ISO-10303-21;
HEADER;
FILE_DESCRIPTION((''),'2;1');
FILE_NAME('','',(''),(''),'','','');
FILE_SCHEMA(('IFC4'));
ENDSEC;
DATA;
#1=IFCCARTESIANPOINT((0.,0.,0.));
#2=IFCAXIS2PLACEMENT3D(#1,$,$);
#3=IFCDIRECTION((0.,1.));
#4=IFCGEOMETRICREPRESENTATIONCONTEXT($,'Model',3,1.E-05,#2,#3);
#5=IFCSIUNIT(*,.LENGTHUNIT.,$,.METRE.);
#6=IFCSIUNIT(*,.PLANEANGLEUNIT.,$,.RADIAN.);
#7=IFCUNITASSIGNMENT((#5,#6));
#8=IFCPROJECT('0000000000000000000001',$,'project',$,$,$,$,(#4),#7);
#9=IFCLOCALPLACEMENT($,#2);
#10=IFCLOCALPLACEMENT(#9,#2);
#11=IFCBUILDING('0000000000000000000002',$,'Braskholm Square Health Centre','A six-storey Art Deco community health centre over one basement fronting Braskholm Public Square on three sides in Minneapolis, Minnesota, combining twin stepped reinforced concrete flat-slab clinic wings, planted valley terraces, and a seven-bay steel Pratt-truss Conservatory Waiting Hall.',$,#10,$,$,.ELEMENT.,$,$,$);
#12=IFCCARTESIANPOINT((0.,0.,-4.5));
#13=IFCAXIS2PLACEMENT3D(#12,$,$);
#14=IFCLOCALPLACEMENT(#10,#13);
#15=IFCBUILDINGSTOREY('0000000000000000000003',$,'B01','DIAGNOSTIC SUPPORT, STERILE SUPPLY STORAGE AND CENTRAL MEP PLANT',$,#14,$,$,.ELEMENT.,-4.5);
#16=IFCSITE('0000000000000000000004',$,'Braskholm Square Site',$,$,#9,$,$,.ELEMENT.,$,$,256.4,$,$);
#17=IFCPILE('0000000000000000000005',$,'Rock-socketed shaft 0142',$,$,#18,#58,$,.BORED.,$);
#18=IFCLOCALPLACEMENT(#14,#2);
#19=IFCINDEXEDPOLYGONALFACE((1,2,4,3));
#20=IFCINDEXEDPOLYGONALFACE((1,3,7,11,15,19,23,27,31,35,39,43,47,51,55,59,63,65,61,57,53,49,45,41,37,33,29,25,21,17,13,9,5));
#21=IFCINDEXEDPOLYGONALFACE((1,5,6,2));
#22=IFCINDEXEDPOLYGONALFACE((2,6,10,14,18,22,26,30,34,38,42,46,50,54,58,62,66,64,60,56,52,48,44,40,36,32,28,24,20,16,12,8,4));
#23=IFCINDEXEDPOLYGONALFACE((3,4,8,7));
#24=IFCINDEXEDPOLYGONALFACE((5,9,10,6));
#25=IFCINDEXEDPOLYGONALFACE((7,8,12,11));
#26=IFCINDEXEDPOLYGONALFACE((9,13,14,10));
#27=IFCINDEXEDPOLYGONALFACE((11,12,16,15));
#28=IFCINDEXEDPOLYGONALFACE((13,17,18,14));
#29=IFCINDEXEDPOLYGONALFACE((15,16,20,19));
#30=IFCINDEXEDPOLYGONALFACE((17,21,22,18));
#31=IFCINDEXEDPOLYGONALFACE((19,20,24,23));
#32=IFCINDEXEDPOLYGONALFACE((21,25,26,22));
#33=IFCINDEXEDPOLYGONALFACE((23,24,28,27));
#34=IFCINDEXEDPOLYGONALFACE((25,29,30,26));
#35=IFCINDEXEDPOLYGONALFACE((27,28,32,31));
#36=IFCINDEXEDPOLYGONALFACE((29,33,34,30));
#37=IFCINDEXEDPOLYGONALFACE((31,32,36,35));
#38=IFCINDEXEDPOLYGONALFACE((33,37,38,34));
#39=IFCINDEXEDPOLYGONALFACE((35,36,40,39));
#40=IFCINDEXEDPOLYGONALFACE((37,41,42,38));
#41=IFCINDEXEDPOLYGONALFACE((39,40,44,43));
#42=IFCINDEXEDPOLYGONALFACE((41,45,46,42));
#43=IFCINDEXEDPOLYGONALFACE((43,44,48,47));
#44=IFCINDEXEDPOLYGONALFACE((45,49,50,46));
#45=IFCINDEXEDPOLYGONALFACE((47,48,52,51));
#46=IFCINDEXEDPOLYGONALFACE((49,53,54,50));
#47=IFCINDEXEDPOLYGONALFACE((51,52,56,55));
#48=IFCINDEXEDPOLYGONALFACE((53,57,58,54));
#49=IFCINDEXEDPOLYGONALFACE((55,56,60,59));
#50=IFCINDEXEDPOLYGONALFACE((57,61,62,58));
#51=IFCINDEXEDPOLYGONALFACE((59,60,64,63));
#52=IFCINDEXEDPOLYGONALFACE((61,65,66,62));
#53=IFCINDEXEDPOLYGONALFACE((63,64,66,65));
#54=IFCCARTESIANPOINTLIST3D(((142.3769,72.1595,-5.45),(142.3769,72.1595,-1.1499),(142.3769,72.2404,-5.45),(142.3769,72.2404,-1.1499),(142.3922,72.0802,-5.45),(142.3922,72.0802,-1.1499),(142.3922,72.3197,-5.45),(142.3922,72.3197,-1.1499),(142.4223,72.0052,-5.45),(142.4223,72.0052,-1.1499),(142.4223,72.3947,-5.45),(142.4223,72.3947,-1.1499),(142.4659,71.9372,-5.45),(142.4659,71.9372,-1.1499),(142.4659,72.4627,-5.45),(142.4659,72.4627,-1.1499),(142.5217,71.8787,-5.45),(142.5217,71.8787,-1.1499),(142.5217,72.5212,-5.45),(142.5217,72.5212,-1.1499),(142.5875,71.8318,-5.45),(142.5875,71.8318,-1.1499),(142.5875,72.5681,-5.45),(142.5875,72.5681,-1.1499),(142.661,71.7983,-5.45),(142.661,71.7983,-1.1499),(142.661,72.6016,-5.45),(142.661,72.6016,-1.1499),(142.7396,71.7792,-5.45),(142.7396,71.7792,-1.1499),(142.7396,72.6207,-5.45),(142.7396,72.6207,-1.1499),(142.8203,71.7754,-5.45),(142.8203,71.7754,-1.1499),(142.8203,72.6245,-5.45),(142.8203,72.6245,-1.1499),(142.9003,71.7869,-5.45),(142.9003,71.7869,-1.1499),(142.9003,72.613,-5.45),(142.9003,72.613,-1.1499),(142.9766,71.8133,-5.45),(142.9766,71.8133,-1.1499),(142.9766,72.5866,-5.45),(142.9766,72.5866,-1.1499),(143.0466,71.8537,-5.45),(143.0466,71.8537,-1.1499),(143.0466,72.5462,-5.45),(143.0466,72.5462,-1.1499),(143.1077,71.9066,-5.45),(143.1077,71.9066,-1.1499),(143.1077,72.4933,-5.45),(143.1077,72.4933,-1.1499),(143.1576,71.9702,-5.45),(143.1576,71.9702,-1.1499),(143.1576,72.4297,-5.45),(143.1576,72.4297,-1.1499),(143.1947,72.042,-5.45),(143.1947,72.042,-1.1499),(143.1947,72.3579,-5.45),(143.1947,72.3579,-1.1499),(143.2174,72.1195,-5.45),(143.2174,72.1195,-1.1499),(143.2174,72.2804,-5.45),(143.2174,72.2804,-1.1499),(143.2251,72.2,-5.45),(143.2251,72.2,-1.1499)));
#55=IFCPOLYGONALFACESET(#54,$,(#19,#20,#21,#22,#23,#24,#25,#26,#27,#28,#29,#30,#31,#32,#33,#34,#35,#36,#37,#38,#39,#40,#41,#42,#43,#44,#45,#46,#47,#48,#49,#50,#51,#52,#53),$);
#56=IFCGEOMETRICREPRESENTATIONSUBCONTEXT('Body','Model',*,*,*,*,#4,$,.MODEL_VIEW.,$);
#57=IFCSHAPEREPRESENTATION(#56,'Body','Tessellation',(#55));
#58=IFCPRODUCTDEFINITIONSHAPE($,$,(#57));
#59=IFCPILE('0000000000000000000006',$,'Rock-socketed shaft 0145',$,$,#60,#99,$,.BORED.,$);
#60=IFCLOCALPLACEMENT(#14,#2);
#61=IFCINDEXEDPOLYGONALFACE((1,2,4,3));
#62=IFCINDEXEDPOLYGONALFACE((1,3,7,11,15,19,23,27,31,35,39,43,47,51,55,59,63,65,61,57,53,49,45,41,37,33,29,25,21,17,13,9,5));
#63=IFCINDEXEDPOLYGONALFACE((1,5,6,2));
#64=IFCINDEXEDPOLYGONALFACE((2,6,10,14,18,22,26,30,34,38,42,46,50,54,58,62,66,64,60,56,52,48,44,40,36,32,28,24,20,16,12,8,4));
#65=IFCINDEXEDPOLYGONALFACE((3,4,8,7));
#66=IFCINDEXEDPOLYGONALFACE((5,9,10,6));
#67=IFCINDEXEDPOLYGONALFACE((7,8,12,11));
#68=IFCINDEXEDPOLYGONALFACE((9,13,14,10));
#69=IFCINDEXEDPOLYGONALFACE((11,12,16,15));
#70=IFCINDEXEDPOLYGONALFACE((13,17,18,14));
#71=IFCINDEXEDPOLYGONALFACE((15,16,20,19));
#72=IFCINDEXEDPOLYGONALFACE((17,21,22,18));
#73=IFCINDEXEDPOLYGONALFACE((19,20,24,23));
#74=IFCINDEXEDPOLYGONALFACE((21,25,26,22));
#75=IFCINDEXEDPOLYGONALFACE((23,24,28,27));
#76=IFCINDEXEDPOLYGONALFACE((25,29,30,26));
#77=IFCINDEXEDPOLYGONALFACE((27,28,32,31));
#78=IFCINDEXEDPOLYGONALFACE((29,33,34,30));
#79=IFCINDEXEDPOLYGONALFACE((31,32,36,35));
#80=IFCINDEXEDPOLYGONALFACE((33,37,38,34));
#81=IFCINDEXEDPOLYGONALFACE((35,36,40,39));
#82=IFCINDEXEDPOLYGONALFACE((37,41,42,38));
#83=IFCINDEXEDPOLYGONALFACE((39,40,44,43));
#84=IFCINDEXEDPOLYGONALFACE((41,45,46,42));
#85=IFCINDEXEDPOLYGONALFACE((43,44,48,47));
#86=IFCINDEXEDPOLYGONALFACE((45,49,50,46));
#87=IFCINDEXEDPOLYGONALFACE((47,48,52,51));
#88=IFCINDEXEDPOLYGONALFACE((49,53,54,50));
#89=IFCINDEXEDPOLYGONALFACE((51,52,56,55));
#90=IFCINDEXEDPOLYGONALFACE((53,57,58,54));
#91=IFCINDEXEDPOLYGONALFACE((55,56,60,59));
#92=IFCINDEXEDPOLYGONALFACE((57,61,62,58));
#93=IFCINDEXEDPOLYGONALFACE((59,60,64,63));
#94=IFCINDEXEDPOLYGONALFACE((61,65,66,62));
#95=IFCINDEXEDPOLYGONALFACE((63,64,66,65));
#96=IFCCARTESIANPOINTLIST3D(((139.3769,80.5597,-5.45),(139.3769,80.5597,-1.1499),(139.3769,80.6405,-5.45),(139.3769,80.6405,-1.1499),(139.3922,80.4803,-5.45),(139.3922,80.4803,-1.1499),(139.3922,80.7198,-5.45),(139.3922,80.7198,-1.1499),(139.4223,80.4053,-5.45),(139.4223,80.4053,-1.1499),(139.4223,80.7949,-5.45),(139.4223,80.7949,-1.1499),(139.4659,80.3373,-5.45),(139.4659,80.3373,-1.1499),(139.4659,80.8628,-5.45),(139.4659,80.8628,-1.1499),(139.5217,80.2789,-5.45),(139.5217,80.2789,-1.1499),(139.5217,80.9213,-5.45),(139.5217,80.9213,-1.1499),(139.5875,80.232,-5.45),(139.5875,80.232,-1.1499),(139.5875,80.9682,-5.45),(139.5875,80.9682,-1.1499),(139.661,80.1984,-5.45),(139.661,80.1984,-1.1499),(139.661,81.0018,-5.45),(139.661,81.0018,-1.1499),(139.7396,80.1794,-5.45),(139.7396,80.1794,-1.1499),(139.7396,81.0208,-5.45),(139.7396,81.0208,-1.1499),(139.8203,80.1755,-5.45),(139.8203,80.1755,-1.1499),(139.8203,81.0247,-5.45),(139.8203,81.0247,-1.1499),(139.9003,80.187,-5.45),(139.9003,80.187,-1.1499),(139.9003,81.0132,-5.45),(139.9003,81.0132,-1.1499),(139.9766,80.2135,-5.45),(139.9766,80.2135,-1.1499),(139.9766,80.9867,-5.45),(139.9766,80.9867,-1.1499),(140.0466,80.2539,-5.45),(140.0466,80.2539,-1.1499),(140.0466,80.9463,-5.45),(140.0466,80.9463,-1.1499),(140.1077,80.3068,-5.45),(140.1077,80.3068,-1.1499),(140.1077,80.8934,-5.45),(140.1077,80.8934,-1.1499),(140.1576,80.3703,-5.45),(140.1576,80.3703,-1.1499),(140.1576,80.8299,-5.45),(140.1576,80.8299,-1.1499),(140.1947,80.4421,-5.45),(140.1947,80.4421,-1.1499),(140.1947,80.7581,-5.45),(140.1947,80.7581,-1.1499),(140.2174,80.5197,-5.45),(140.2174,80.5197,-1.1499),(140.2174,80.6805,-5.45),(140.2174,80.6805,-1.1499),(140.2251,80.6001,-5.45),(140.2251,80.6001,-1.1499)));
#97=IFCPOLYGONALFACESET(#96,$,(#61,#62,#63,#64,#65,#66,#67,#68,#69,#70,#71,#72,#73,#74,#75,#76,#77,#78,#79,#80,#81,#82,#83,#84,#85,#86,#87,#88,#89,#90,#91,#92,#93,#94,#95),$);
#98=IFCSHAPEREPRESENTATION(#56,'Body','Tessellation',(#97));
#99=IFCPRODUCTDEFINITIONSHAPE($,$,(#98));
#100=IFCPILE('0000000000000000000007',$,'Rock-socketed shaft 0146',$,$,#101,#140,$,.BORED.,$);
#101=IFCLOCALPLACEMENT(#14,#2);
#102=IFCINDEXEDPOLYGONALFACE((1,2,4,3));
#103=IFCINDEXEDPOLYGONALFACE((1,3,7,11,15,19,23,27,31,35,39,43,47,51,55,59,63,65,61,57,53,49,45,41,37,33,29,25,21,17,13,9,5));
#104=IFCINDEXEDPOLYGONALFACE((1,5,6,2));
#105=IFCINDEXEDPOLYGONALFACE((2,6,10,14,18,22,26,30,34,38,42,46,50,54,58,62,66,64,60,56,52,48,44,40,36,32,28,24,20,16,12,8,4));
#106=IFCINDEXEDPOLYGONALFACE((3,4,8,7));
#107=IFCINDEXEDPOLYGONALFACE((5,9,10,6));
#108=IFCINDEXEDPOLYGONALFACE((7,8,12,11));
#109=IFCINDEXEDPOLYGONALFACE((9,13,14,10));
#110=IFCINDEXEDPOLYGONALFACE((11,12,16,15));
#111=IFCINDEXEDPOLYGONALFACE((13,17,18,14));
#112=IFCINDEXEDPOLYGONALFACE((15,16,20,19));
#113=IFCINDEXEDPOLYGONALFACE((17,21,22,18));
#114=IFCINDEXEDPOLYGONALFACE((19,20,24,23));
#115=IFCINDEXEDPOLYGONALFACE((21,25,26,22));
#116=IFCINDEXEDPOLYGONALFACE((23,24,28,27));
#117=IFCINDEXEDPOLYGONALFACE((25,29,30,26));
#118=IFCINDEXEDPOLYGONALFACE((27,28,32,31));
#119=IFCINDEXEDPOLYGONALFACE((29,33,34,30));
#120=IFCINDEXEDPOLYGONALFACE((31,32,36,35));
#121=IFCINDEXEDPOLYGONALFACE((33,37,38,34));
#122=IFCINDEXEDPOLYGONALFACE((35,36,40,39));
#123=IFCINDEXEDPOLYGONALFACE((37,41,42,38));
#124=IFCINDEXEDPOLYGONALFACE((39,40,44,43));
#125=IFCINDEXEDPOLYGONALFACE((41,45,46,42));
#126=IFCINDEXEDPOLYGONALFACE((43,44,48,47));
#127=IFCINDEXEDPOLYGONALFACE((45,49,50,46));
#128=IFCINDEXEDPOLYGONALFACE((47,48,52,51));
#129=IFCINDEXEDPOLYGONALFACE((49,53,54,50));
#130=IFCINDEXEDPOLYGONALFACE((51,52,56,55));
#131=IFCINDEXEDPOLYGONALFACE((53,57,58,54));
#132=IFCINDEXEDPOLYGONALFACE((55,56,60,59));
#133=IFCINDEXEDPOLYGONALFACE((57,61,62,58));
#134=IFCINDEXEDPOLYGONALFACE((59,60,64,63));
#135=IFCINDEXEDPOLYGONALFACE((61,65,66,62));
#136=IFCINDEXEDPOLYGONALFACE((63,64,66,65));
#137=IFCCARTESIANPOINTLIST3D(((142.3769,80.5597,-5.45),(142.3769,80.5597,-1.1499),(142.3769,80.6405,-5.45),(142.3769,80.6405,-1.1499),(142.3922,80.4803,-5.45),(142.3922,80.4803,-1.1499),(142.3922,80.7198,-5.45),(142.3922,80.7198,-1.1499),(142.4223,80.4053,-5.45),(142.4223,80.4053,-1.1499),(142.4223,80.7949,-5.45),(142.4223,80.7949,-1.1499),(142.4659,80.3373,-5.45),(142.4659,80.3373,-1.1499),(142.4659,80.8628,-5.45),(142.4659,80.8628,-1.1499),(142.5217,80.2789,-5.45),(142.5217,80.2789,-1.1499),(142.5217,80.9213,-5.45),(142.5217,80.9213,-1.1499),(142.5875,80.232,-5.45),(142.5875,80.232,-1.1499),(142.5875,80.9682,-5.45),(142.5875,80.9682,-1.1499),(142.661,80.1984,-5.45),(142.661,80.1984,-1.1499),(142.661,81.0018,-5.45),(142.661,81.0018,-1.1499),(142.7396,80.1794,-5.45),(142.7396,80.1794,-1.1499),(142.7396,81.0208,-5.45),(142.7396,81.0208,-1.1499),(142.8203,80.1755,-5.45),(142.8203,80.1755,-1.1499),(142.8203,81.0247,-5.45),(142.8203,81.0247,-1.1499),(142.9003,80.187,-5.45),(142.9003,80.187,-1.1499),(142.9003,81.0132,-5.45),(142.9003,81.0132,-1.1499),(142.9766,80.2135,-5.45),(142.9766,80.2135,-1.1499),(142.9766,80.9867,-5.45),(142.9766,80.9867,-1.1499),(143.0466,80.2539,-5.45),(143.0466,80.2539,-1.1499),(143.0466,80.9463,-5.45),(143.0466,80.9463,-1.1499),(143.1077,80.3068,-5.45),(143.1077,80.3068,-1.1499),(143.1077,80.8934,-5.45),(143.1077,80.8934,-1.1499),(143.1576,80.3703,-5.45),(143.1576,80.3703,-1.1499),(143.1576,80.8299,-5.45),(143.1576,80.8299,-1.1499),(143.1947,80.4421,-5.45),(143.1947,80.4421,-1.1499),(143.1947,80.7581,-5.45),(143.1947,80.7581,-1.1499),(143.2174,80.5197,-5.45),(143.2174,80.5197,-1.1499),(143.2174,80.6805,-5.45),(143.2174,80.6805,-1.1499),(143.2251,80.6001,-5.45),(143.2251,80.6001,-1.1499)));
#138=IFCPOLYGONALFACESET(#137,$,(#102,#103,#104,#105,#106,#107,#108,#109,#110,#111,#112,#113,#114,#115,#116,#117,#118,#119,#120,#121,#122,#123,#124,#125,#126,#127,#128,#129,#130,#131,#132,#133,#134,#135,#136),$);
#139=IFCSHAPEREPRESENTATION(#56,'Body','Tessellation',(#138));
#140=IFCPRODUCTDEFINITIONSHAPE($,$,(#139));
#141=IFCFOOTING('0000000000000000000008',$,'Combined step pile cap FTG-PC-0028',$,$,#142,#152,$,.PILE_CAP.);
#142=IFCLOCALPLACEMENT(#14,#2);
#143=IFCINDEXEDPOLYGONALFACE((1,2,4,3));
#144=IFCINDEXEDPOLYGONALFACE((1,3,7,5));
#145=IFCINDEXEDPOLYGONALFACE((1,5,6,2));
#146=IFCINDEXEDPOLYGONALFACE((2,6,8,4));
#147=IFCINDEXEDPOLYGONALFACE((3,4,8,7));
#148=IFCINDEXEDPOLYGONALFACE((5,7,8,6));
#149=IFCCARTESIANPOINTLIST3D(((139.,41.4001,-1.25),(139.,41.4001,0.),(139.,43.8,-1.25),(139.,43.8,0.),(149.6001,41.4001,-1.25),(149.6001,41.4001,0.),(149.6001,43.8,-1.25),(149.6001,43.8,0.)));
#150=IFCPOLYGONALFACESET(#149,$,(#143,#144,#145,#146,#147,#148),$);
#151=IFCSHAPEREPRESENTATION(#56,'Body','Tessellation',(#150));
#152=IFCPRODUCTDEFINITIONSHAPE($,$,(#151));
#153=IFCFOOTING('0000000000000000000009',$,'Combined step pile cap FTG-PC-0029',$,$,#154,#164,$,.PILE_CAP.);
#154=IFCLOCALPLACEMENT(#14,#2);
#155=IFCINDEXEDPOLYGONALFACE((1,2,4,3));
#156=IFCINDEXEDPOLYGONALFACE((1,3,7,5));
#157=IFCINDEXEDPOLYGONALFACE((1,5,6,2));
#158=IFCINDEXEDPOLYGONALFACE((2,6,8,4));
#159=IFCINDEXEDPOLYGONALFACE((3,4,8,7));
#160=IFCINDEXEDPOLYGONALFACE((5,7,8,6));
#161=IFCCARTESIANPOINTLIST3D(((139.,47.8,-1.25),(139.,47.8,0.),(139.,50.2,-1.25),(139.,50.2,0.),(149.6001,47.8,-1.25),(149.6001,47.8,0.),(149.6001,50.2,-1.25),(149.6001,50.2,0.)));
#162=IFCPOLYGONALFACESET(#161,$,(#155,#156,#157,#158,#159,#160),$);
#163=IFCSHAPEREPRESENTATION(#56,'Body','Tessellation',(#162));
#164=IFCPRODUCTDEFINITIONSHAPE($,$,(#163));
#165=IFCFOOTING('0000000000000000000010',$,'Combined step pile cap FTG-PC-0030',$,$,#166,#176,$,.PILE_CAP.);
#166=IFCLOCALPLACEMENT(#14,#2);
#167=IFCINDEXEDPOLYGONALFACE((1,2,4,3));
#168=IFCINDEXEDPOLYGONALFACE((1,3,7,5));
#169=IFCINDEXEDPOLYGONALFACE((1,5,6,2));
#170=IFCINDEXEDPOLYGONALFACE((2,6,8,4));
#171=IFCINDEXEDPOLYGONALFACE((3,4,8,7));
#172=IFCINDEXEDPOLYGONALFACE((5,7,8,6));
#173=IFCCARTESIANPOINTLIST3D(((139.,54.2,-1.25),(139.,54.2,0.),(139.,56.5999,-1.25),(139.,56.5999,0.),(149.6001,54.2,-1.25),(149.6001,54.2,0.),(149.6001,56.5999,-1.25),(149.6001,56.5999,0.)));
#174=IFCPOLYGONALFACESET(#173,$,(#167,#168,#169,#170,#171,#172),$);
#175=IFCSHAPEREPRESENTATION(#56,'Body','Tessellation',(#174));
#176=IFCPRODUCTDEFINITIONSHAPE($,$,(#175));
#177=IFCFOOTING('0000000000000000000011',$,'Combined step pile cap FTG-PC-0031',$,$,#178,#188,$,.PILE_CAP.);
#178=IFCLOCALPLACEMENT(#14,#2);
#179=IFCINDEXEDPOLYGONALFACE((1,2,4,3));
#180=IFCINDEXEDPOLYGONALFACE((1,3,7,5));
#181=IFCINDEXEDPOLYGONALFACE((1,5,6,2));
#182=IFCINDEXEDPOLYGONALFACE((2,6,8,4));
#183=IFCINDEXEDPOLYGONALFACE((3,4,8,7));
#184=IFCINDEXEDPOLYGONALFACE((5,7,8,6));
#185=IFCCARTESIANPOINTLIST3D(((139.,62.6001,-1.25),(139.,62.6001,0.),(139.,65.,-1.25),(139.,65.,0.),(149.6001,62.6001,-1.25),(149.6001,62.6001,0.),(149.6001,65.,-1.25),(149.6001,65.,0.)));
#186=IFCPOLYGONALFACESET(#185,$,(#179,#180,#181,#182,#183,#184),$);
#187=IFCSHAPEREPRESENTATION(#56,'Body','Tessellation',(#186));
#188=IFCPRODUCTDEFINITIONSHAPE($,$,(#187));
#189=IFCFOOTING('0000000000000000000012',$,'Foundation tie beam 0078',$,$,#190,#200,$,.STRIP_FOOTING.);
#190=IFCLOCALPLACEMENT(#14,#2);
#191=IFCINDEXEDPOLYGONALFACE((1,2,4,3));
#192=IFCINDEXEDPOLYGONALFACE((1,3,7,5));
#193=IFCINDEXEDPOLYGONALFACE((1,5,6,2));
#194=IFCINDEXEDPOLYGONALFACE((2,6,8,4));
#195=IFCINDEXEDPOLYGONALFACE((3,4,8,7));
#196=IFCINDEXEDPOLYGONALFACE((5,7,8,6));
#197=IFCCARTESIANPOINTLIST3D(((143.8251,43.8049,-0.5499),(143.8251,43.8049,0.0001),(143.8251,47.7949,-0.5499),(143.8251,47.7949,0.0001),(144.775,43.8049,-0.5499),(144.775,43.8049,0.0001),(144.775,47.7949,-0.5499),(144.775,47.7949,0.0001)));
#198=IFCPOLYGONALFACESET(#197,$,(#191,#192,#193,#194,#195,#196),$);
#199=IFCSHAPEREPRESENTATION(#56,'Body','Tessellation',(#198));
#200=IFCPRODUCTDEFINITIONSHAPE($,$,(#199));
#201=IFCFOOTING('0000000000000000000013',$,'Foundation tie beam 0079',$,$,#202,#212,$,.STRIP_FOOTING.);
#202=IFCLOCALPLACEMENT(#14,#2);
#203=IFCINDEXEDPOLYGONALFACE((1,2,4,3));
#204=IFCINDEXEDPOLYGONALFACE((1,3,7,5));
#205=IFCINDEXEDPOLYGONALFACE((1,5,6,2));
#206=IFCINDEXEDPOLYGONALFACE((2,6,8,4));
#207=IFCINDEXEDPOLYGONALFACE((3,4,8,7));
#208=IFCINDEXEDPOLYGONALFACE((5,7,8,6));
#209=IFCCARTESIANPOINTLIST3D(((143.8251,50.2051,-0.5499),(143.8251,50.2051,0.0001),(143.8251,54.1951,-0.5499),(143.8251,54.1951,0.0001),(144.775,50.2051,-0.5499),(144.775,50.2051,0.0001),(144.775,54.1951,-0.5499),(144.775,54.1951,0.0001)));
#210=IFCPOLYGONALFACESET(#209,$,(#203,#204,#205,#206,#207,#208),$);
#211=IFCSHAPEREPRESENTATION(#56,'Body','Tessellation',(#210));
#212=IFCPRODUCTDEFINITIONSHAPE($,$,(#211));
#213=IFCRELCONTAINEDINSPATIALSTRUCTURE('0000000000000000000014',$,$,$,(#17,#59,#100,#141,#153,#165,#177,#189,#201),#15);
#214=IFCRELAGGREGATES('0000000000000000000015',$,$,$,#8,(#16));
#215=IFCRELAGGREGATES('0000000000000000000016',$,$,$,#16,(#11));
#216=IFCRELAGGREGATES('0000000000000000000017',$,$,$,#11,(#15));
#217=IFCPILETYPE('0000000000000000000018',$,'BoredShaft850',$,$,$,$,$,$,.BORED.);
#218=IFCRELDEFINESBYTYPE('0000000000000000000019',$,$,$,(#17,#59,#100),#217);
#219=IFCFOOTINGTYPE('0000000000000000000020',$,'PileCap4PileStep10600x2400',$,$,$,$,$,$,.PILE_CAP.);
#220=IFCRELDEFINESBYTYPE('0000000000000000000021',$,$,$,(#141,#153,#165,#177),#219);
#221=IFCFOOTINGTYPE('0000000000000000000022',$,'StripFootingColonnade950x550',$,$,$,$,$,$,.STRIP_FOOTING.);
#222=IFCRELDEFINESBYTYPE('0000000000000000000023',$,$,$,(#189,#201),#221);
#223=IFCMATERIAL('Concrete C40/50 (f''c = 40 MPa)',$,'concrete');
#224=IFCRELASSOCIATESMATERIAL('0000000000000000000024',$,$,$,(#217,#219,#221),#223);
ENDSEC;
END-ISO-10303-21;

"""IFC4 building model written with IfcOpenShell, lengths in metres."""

from ifc_helpers import new_model, si_unit, direction, frame, origin, origin_2d, place, context, subcontext, project, spatial, rectangle, circle, extrude, material, material_profile, profile_set, type_object, element, save


model = new_model("IFC4")

# Units and contexts
model_context = context("Model", 3, precision=1e-05, world=origin(), true_north=direction((0.0, 1.0)))
body_context = subcontext(model_context, "Body", "Model", "MODEL_VIEW")
ifc_project = project(units=[si_unit("LENGTHUNIT", "METRE"), si_unit("PLANEANGLEUNIT", "RADIAN")], contexts=[model_context])

# Site, building, storey
site_placement = place(None, origin())
site = spatial("IfcSite", under=ifc_project, at=site_placement, Name="Braskholm Square Site", CompositionType="ELEMENT", RefElevation=256.4)
building_placement = place(site_placement, origin())
building = spatial("IfcBuilding", under=site, at=building_placement, Name="Braskholm Square Health Centre", Description="A six-storey Art Deco community health centre over one basement fronting Braskholm Public Square on three sides in Minneapolis, Minnesota, combining twin stepped reinforced concrete flat-slab clinic wings, planted valley terraces, and a seven-bay steel Pratt-truss Conservatory Waiting Hall.", CompositionType="ELEMENT")
storey_placement = place(building_placement, frame((0.0, 0.0, -4.5)))
storey = spatial("IfcBuildingStorey", under=building, at=storey_placement, Name="B01", Description="DIAGNOSTIC SUPPORT, STERILE SUPPLY STORAGE AND CENTRAL MEP PLANT", CompositionType="ELEMENT", Elevation=-4.5)

# Piles
ifc_material_1 = material(Name="Concrete C40/50 (f'c = 40 MPa)", Category="concrete")
ifc_material_profile_1 = material_profile(ifc_material_1, circle(Radius=0.425, at=origin_2d()), Name="BORED-PILE-850")
ifc_profile_set_1 = profile_set([ifc_material_profile_1], Name="Concrete C40/50 (f'c = 40 MPa)")
pile_type_1 = type_object("IfcPileType", Name="BoredShaft850", PredefinedType="BORED", material=ifc_profile_set_1)
for number, where, z_axis, x_axis, name in (
    (1, (142.8, 72.2, -1.1499), (0.0, 0.0, -1.0), (1.0, 0.0, 0.0), "Rock-socketed shaft 0142"),
    (2, (139.8, 80.6001, -1.1499), (0.0, 0.0, -1.0), (1.0, 0.0, 0.0), "Rock-socketed shaft 0145"),
    (3, (142.8, 80.6001, -1.1499), (0.0, 0.0, -1.0), (1.0, 0.0, 0.0), "Rock-socketed shaft 0146"),
):
    element("IfcPile", number, at=place(storey_placement, frame(where, z_axis=z_axis, x_axis=x_axis)), inside=storey, type_object=pile_type_1, Name=name, PredefinedType="BORED", context=body_context, shape_type="SweptSolid", body=[
        extrude(circle(Radius=0.425, at=origin_2d()), origin(), (0.0, 0.0, 1.0), 4.3),
    ])

# Footings
footing_type_1 = type_object("IfcFootingType", Name="PileCap4PileStep10600x2400", PredefinedType="PILE_CAP", material=ifc_material_1)
for number, where, z_axis, x_axis, name in (
    (4, (144.3, 42.6001, -1.25), (0.0, 0.0, 1.0), (1.0, 0.0, 0.0), "Combined step pile cap FTG-PC-0028"),
    (5, (144.3, 49.0, -1.25), (0.0, 0.0, 1.0), (1.0, 0.0, 0.0), "Combined step pile cap FTG-PC-0029"),
    (6, (144.3, 55.3999, -1.25), (0.0, 0.0, 1.0), (1.0, 0.0, 0.0), "Combined step pile cap FTG-PC-0030"),
    (7, (144.3, 63.8, -1.25), (0.0, 0.0, 1.0), (1.0, 0.0, 0.0), "Combined step pile cap FTG-PC-0031"),
):
    element("IfcFooting", number, at=place(storey_placement, frame(where, z_axis=z_axis, x_axis=x_axis)), inside=storey, type_object=footing_type_1, Name=name, PredefinedType="PILE_CAP", context=body_context, shape_type="SweptSolid", body=[
        extrude(rectangle(XDim=10.6001, YDim=2.3999, at=origin_2d()), origin(), (0.0, 0.0, 1.0), 1.25),
    ])
ifc_material_profile_2 = material_profile(ifc_material_1, rectangle(XDim=0.95, YDim=0.55, at=origin_2d()), Name="FTG-950X550")
ifc_profile_set_2 = profile_set([ifc_material_profile_2], Name="Concrete C40/50 (f'c = 40 MPa)")
footing_type_2 = type_object("IfcFootingType", Name="StripFootingColonnade950x550", PredefinedType="STRIP_FOOTING", material=ifc_profile_set_2)
for number, where, z_axis, x_axis, name in (
    (8, (144.3, 43.8049, -0.2749), (0.0, 1.0, 0.0), (-1.0, 0.0, 0.0), "Foundation tie beam 0078"),
    (9, (144.3, 50.2051, -0.2749), (0.0, 1.0, 0.0), (-1.0, 0.0, 0.0), "Foundation tie beam 0079"),
):
    element("IfcFooting", number, at=place(storey_placement, frame(where, z_axis=z_axis, x_axis=x_axis)), inside=storey, type_object=footing_type_2, Name=name, PredefinedType="STRIP_FOOTING", context=body_context, shape_type="SweptSolid", body=[
        extrude(rectangle(XDim=0.95, YDim=0.55, at=origin_2d()), origin(), (0.0, 0.0, 1.0), 3.99),
    ])

save(model, "model.ifc")
